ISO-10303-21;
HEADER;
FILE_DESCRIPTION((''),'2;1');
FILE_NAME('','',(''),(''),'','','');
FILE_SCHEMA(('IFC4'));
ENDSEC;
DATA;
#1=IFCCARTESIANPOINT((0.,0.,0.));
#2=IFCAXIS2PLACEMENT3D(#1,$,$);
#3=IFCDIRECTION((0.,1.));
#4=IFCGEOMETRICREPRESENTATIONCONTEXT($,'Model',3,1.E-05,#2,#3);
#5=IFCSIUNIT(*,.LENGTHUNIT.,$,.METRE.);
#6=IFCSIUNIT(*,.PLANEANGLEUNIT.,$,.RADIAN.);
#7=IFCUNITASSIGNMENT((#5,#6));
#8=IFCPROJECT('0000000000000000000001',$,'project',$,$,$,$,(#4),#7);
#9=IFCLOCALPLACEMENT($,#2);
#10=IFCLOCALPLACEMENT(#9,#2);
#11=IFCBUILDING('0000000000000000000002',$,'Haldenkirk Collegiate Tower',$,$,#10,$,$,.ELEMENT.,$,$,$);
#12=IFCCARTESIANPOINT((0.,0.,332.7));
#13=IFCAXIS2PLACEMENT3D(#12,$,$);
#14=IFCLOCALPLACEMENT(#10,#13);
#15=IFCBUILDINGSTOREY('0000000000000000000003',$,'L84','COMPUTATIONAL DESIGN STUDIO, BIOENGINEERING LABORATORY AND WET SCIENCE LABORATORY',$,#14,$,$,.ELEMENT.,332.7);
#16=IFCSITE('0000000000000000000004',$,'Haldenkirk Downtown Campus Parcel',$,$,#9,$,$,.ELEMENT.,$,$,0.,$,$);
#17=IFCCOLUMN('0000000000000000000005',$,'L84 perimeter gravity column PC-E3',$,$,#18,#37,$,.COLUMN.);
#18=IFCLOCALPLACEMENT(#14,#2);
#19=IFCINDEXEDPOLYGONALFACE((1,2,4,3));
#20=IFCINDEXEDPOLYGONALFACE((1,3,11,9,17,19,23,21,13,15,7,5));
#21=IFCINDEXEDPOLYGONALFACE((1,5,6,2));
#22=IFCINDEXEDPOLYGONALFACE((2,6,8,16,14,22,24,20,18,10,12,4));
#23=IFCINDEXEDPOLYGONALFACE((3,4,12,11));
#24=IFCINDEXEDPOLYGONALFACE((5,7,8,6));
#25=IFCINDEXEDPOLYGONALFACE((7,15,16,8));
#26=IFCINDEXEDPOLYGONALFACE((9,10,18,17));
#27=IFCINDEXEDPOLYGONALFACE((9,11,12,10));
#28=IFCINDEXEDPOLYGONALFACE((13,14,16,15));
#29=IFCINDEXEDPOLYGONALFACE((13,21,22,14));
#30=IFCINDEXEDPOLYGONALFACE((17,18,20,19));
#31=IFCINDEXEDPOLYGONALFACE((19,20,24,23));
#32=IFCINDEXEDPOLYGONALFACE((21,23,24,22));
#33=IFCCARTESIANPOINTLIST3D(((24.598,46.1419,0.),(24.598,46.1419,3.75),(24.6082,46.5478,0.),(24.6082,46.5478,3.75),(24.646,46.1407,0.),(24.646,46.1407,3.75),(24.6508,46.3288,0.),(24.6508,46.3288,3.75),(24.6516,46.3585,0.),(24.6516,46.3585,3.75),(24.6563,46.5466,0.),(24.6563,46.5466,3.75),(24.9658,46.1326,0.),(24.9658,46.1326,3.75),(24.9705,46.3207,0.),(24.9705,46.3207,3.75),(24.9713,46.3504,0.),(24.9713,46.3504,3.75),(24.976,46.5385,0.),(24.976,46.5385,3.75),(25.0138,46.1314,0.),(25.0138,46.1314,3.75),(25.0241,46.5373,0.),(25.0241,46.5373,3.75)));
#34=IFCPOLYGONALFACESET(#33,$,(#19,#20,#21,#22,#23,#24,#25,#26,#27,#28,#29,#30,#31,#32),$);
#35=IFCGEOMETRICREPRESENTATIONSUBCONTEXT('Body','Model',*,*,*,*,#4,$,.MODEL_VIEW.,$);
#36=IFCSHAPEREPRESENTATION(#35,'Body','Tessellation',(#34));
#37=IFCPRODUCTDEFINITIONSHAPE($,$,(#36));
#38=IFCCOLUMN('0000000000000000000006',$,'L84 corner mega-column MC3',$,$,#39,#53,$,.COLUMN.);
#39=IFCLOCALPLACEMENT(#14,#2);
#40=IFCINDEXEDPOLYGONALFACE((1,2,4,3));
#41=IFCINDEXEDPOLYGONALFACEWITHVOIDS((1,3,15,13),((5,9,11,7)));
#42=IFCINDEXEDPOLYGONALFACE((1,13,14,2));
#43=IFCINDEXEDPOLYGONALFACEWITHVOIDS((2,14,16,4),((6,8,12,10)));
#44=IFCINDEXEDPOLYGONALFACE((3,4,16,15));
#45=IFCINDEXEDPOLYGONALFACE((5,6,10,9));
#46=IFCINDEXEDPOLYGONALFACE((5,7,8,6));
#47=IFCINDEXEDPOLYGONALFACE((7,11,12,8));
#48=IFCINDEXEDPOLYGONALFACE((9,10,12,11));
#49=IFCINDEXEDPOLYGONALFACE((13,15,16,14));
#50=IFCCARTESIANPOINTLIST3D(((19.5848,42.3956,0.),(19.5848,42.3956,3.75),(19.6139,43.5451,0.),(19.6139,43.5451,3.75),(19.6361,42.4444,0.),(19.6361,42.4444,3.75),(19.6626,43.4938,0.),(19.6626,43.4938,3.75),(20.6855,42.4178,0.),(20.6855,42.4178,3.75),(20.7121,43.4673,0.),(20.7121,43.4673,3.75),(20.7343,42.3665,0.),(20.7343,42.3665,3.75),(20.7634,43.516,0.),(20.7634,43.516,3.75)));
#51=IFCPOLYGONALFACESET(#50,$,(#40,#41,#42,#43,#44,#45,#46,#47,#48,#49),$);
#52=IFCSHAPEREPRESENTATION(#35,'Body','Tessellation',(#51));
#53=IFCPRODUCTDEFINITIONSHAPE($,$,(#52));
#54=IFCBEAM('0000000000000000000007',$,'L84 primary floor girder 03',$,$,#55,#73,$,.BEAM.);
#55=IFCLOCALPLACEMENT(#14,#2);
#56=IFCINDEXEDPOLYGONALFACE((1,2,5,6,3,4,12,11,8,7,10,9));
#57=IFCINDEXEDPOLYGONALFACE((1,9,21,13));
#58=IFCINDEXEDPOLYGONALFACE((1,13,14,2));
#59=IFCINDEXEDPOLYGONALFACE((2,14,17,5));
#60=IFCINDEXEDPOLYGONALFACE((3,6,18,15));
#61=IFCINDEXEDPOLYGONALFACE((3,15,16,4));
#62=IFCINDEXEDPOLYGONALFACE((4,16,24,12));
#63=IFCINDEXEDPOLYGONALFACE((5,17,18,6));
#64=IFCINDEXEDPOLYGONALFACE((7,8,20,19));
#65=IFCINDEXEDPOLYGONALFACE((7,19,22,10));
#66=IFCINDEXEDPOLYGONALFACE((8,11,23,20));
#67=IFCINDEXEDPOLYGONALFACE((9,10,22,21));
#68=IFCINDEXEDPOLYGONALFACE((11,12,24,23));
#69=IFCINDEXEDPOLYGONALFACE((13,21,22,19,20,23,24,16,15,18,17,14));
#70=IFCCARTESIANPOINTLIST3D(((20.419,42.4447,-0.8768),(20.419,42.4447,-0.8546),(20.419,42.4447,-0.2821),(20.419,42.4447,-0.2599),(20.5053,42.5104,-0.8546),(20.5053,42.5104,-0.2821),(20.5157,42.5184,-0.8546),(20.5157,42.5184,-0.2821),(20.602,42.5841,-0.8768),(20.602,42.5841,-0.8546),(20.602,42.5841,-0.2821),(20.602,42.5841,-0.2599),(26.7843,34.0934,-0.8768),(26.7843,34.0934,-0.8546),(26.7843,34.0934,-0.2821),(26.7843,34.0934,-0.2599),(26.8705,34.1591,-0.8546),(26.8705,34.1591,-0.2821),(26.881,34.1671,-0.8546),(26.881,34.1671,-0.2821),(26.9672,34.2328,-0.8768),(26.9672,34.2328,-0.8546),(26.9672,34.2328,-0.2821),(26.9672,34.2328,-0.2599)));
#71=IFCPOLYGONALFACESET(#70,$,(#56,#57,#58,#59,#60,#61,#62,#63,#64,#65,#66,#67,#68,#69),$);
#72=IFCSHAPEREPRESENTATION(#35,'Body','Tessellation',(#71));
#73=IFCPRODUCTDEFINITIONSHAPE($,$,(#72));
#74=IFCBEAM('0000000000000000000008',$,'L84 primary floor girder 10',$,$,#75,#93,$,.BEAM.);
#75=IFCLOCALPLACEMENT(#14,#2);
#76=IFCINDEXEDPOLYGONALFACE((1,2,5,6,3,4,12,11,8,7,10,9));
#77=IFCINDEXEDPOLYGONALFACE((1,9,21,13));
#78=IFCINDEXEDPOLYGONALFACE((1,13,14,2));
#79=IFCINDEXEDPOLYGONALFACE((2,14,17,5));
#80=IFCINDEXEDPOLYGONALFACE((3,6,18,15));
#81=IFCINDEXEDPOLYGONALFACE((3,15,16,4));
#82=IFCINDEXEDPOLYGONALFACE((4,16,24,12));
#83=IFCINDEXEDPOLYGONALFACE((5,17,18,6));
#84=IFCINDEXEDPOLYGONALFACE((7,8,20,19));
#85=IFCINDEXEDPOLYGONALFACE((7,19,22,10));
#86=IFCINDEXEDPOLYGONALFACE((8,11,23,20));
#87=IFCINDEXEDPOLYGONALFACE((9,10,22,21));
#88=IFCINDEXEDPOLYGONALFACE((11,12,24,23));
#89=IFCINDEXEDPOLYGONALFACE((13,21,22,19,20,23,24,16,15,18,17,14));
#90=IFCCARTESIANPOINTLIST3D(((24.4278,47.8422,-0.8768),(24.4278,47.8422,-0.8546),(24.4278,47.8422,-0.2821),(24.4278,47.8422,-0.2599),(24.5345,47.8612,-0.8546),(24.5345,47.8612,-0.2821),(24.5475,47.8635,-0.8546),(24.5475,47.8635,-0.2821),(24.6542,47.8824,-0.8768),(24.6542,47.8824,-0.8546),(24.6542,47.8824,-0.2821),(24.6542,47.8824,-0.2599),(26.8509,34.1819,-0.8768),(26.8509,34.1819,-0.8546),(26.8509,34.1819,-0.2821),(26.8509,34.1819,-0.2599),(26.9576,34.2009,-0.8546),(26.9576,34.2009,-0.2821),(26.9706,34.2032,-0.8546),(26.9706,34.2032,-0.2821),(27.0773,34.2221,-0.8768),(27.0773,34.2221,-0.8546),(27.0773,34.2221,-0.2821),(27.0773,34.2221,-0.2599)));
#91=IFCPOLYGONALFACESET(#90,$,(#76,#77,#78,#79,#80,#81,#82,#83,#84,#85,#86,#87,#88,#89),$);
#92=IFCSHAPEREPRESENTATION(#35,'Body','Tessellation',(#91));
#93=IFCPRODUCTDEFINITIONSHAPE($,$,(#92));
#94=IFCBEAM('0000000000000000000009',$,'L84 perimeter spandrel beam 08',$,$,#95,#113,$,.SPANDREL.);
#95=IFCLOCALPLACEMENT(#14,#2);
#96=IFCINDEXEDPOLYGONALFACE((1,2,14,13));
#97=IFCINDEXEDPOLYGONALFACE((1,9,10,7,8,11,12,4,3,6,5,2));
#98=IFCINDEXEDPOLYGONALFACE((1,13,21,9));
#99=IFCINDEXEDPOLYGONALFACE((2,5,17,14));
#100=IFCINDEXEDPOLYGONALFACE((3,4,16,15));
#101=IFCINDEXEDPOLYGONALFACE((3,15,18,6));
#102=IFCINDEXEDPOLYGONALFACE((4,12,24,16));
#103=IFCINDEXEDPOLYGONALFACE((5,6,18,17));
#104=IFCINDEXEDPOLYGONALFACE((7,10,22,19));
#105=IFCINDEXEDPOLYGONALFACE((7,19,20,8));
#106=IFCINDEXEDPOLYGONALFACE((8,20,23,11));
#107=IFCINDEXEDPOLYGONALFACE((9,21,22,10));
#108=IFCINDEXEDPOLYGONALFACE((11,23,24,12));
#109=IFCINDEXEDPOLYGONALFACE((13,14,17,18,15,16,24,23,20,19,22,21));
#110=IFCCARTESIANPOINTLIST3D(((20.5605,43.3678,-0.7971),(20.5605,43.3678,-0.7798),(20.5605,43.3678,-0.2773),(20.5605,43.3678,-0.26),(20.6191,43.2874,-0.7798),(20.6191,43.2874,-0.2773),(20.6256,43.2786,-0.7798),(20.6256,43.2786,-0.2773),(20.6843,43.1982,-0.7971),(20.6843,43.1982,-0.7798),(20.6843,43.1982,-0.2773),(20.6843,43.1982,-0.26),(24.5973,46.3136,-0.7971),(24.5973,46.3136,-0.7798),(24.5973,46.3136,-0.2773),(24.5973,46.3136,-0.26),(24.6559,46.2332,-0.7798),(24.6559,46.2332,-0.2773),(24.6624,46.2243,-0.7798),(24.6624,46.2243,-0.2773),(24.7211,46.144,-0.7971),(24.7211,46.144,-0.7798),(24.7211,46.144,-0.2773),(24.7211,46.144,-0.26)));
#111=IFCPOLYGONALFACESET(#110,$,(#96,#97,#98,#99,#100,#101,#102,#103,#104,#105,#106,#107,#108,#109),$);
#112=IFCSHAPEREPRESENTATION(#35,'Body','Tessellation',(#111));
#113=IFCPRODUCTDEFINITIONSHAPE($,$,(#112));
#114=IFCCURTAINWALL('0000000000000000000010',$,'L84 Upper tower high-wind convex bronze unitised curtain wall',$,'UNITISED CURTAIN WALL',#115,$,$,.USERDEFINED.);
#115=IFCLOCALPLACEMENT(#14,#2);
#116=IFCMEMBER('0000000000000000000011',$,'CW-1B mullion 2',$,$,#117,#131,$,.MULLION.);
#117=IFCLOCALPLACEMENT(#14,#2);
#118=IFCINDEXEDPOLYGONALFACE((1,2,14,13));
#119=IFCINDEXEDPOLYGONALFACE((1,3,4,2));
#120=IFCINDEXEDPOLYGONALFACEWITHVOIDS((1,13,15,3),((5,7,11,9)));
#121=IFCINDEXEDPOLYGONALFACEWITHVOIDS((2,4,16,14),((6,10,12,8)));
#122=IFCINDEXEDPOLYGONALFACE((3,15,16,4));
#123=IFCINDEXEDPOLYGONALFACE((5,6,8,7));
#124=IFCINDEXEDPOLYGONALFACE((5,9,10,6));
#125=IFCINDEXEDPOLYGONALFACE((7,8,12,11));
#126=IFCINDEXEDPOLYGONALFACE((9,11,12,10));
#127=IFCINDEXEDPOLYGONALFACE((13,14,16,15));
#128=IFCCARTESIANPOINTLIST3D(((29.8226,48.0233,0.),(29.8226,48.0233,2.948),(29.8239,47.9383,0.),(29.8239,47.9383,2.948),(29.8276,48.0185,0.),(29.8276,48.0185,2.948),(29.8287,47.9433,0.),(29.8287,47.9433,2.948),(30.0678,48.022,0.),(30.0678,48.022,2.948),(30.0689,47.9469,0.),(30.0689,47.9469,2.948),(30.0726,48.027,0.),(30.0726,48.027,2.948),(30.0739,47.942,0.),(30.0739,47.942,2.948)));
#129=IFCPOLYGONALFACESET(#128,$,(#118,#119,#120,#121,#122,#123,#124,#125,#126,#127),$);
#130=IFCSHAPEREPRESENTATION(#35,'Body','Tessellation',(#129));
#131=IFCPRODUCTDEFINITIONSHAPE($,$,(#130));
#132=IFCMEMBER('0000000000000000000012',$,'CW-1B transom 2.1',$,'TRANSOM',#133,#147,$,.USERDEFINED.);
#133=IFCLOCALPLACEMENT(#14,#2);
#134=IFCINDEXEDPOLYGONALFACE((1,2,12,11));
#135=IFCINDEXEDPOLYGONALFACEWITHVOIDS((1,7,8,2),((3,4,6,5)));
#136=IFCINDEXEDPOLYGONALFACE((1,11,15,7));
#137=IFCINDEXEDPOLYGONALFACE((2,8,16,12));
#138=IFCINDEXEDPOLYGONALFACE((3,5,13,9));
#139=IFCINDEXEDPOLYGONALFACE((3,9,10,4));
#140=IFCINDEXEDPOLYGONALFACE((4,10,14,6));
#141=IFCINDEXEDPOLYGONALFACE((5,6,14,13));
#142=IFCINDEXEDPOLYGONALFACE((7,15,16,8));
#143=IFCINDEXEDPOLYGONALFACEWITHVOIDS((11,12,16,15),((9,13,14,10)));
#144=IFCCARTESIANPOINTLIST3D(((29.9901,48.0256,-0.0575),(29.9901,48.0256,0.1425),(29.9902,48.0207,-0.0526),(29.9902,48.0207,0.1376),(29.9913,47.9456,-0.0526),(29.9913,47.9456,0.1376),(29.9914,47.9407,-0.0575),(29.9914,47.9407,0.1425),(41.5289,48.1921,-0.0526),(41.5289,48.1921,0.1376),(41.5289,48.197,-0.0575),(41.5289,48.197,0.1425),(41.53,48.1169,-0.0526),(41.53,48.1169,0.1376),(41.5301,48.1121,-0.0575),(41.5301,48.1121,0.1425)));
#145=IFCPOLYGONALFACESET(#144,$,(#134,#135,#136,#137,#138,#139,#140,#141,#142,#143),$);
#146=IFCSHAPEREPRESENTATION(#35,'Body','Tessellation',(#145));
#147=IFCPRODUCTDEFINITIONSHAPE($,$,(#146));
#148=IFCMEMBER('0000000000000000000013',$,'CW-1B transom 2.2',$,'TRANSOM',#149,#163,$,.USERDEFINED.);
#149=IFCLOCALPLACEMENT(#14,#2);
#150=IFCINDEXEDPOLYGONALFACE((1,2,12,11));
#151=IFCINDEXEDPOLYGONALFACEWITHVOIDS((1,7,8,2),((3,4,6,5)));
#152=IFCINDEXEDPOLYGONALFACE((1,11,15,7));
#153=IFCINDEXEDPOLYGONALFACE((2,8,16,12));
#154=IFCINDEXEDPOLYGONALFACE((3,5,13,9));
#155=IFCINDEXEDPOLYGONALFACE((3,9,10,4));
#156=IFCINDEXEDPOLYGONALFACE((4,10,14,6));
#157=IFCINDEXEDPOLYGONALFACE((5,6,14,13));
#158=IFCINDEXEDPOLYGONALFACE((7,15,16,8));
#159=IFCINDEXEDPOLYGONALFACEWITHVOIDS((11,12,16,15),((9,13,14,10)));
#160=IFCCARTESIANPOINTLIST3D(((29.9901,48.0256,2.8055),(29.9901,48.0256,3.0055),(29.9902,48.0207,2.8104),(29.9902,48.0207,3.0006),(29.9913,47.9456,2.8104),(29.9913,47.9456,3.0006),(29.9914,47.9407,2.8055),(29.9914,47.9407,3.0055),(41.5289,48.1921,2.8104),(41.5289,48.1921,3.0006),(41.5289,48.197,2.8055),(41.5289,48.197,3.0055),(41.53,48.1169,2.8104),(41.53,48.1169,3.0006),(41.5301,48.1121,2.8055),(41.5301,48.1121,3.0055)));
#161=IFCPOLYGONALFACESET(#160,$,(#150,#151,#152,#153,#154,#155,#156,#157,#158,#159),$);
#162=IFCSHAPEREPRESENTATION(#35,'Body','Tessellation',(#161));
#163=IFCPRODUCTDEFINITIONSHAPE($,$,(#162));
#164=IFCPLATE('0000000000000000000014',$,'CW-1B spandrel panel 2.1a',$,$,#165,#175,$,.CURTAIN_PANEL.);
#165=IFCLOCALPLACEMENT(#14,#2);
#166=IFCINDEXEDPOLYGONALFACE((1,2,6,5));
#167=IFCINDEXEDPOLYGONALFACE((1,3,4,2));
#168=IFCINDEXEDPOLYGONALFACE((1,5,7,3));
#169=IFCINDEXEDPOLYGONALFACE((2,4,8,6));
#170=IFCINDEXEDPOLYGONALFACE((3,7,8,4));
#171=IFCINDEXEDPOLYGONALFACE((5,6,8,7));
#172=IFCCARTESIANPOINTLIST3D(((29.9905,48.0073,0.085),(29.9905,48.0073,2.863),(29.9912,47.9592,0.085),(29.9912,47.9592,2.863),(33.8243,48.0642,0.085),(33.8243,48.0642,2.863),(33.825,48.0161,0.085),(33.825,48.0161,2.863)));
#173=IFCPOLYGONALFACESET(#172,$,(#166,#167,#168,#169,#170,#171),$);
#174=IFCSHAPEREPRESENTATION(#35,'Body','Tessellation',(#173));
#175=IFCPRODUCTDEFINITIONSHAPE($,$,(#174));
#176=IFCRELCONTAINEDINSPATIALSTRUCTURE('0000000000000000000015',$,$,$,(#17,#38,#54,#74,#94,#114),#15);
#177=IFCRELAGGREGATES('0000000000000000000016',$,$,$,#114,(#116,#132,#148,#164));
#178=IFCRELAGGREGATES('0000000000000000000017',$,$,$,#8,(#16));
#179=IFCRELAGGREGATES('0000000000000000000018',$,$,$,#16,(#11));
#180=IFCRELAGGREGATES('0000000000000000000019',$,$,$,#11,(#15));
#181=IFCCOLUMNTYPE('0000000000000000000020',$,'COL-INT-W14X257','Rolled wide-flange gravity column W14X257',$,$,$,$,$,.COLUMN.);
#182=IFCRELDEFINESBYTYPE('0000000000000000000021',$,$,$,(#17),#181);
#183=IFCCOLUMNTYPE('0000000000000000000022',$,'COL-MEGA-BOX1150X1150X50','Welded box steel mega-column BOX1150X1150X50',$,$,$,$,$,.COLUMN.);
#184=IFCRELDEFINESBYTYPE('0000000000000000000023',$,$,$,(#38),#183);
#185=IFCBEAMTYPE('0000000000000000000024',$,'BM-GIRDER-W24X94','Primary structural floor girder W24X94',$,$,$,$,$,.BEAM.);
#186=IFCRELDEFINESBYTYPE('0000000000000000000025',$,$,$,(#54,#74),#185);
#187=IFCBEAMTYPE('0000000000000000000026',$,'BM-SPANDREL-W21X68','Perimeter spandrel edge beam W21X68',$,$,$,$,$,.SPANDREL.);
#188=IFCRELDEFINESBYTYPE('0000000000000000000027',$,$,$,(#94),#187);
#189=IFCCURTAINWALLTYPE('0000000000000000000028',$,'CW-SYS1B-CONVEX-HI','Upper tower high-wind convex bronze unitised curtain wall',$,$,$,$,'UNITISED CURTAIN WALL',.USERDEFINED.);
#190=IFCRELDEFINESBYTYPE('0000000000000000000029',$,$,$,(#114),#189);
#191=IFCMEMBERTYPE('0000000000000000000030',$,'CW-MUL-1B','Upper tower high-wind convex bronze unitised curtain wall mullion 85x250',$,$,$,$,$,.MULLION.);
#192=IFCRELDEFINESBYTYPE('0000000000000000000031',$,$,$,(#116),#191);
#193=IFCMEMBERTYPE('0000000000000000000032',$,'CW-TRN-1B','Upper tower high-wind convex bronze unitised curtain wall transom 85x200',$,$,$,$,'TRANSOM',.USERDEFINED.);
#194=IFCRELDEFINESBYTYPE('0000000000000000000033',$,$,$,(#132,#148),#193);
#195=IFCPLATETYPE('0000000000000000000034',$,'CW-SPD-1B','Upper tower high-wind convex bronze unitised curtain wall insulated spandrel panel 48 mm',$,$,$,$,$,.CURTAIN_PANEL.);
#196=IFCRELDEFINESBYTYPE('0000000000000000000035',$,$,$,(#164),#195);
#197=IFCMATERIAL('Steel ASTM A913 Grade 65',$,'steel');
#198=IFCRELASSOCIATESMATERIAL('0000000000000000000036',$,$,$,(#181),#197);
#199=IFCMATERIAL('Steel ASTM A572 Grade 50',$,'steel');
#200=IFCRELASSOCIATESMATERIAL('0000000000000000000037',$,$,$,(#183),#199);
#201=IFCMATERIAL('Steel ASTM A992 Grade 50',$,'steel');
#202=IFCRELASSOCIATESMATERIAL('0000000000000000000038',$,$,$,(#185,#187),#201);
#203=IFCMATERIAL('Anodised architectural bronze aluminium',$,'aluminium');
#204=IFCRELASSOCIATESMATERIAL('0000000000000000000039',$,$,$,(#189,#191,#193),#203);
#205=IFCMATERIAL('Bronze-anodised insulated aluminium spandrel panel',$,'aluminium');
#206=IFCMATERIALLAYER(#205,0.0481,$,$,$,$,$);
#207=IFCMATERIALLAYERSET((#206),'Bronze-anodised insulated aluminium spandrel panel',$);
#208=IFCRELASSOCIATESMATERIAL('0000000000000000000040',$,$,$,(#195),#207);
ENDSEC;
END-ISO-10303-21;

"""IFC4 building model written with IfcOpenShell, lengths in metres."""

from ifc_helpers import new_model, si_unit, direction, frame, origin, origin_2d, place, context, subcontext, project, spatial, rectangle, hollow_rectangle, i_section, extrude, source, transform, mapped, material, layer, layer_set, material_profile, profile_set, type_object, element, aggregate, save


model = new_model("IFC4")

# Units and contexts
model_context = context("Model", 3, precision=1e-05, world=origin(), true_north=direction((0.0, 1.0)))
body_context = subcontext(model_context, "Body", "Model", "MODEL_VIEW")
ifc_project = project(units=[si_unit("LENGTHUNIT", "METRE"), si_unit("PLANEANGLEUNIT", "RADIAN")], contexts=[model_context])

# Site, building, storey
site_placement = place(None, origin())
site = spatial("IfcSite", under=ifc_project, at=site_placement, Name="Haldenkirk Downtown Campus Parcel", CompositionType="ELEMENT", RefElevation=0.0)
building_placement = place(site_placement, origin())
building = spatial("IfcBuilding", under=site, at=building_placement, Name="Haldenkirk Collegiate Tower", CompositionType="ELEMENT")
storey_placement = place(building_placement, frame((0.0, 0.0, 332.7)))
storey = spatial("IfcBuildingStorey", under=building, at=storey_placement, Name="L84", Description="COMPUTATIONAL DESIGN STUDIO, BIOENGINEERING LABORATORY AND WET SCIENCE LABORATORY", CompositionType="ELEMENT", Elevation=332.7)

# Columns
ifc_material_1 = material(Name="Steel ASTM A913 Grade 65", Category="steel")
ifc_material_profile_1 = material_profile(ifc_material_1, i_section(OverallWidth=0.406, OverallDepth=0.416, WebThickness=0.0298, FlangeThickness=0.0481, at=origin_2d()), Name="W14X257")
ifc_profile_set_1 = profile_set([ifc_material_profile_1], Name="Steel ASTM A913 Grade 65")
column_type_1 = type_object("IfcColumnType", Name="COL-INT-W14X257", Description="Rolled wide-flange gravity column W14X257", PredefinedType="COLUMN", material=ifc_profile_set_1)
column_1_placement = place(storey_placement, frame((24.811, 46.3396, 0.0), z_axis=(0.0, 0.0, 1.0), x_axis=(0.025305, 0.99968, 0.0)))
element("IfcColumn", 1, at=column_1_placement, inside=storey, type_object=column_type_1, Name="L84 perimeter gravity column PC-E3", PredefinedType="COLUMN", context=body_context, shape_type="SweptSolid", body=[
    extrude(i_section(OverallWidth=0.406, OverallDepth=0.416, WebThickness=0.0298, FlangeThickness=0.0481, at=origin_2d()), origin(), (0.0, 0.0, 1.0), 3.75),
])
ifc_material_2 = material(Name="Steel ASTM A572 Grade 50", Category="steel")
ifc_material_profile_2 = material_profile(ifc_material_2, hollow_rectangle(XDim=1.1499, YDim=1.1499, WallThickness=0.05, at=origin_2d()), Name="BOX1150X1150X50")
ifc_profile_set_2 = profile_set([ifc_material_profile_2], Name="Steel ASTM A572 Grade 50")
column_type_2 = type_object("IfcColumnType", Name="COL-MEGA-BOX1150X1150X50", Description="Welded box steel mega-column BOX1150X1150X50", PredefinedType="COLUMN", material=ifc_profile_set_2)
column_2_placement = place(storey_placement, frame((20.1741, 42.9558, 0.0), z_axis=(0.0, 0.0, 1.0), x_axis=(0.025305, 0.99968, 0.0)))
element("IfcColumn", 2, at=column_2_placement, inside=storey, type_object=column_type_2, Name="L84 corner mega-column MC3", PredefinedType="COLUMN", context=body_context, shape_type="SweptSolid", body=[
    extrude(hollow_rectangle(XDim=1.1499, YDim=1.1499, WallThickness=0.05, at=origin_2d()), origin(), (0.0, 0.0, 1.0), 3.75),
])

# Beams
ifc_material_3 = material(Name="Steel ASTM A992 Grade 50", Category="steel")
ifc_material_profile_3 = material_profile(ifc_material_3, i_section(OverallWidth=0.23, OverallDepth=0.6169, WebThickness=0.0132, FlangeThickness=0.0222, at=origin_2d()), Name="W24X94")
ifc_profile_set_3 = profile_set([ifc_material_profile_3], Name="Steel ASTM A992 Grade 50")
beam_type_1 = type_object("IfcBeamType", Name="BM-GIRDER-W24X94", Description="Primary structural floor girder W24X94", PredefinedType="BEAM", material=ifc_profile_set_3)
beam_1_placement = place(storey_placement, frame((20.5105, 42.5144, -0.5684), z_axis=(0.606183, -0.795325, 0.0), x_axis=(0.795325, 0.606183, 0.0)))
element("IfcBeam", 3, at=beam_1_placement, inside=storey, type_object=beam_type_1, Name="L84 primary floor girder 03", PredefinedType="BEAM", context=body_context, shape_type="SweptSolid", body=[
    extrude(i_section(OverallWidth=0.23, OverallDepth=0.6169, WebThickness=0.0132, FlangeThickness=0.0222, at=origin_2d()), origin(), (0.0, 0.0, 1.0), 10.5005),
])
beam_2_placement = place(storey_placement, frame((24.541, 47.8623, -0.5684), z_axis=(0.174655, -0.98463, 0.0), x_axis=(0.98463, 0.174655, 0.0)))
element("IfcBeam", 4, at=beam_2_placement, inside=storey, type_object=beam_type_1, Name="L84 primary floor girder 10", PredefinedType="BEAM", context=body_context, shape_type="SweptSolid", body=[
    extrude(i_section(OverallWidth=0.23, OverallDepth=0.6169, WebThickness=0.0132, FlangeThickness=0.0222, at=origin_2d()), origin(), (0.0, 0.0, 1.0), 13.8735),
])
ifc_material_profile_4 = material_profile(ifc_material_3, i_section(OverallWidth=0.21, OverallDepth=0.5371, WebThickness=0.011, FlangeThickness=0.0173, at=origin_2d()), Name="W21X68")
ifc_profile_set_4 = profile_set([ifc_material_profile_4], Name="Steel ASTM A992 Grade 50")
beam_type_2 = type_object("IfcBeamType", Name="BM-SPANDREL-W21X68", Description="Perimeter spandrel edge beam W21X68", PredefinedType="SPANDREL", material=ifc_profile_set_4)
beam_3_placement = place(storey_placement, frame((24.6592, 46.2288, -0.5286), z_axis=(-0.807793, -0.589466, 0.0), x_axis=(0.589466, -0.807793, 0.0)))
element("IfcBeam", 5, at=beam_3_placement, inside=storey, type_object=beam_type_2, Name="L84 perimeter spandrel beam 08", PredefinedType="SPANDREL", context=body_context, shape_type="SweptSolid", body=[
    extrude(i_section(OverallWidth=0.21, OverallDepth=0.5371, WebThickness=0.011, FlangeThickness=0.0173, at=origin_2d()), origin(), (0.0, 0.0, 1.0), 4.9973),
])

# Curtain wall, members, plate
ifc_material_4 = material(Name="Anodised architectural bronze aluminium", Category="aluminium")
curtain_wall_type = type_object("IfcCurtainWallType", Name="CW-SYS1B-CONVEX-HI", Description="Upper tower high-wind convex bronze unitised curtain wall", ElementType="UNITISED CURTAIN WALL", PredefinedType="USERDEFINED", material=ifc_material_4)
curtain_wall_placement = place(storey_placement, origin())
curtain_wall = element("IfcCurtainWall", 6, at=curtain_wall_placement, inside=storey, type_object=curtain_wall_type, Name="L84 Upper tower high-wind convex bronze unitised curtain wall", ObjectType="UNITISED CURTAIN WALL", PredefinedType="USERDEFINED")
ifc_material_profile_5 = material_profile(ifc_material_4, hollow_rectangle(XDim=0.085, YDim=0.25, WallThickness=0.0049, at=origin_2d()), Name="CW-MUL-1B")
ifc_profile_set_5 = profile_set([ifc_material_profile_5], Name="Anodised architectural bronze aluminium")
member_type_1 = type_object("IfcMemberType", Name="CW-MUL-1B", Description="Upper tower high-wind convex bronze unitised curtain wall mullion 85x250", PredefinedType="MULLION", material=ifc_profile_set_5)
member_1_placement = place(storey_placement, frame((29.9482, 47.9827, 0.0), z_axis=(0.0, 0.0, 1.0), x_axis=(-0.014833, 0.99989, 0.0)))
member_1 = element("IfcMember", 7, at=member_1_placement, type_object=member_type_1, Name="CW-1B mullion 2", PredefinedType="MULLION", context=body_context, shape_type="SweptSolid", body=[
    extrude(hollow_rectangle(XDim=0.085, YDim=0.25, WallThickness=0.0049, at=origin_2d()), origin(), (0.0, 0.0, 1.0), 2.948),
])
ifc_material_profile_6 = material_profile(ifc_material_4, hollow_rectangle(XDim=0.085, YDim=0.2, WallThickness=0.0049, at=origin_2d()), Name="CW-TRN-1B")
ifc_profile_set_6 = profile_set([ifc_material_profile_6], Name="Anodised architectural bronze aluminium")
member_type_2 = type_object("IfcMemberType", Name="CW-TRN-1B", Description="Upper tower high-wind convex bronze unitised curtain wall transom 85x200", ElementType="TRANSOM", PredefinedType="USERDEFINED", material=ifc_profile_set_6)
member_2_placement = place(storey_placement, frame((29.9907, 47.9832, 0.0425), z_axis=(0.99989, 0.014851, 0.0), x_axis=(-0.014851, 0.99989, 0.0)))
member_2 = element("IfcMember", 8, at=member_2_placement, type_object=member_type_2, Name="CW-1B transom 2.1", ObjectType="TRANSOM", PredefinedType="USERDEFINED", context=body_context, shape_type="SweptSolid", body=[
    extrude(hollow_rectangle(XDim=0.085, YDim=0.2, WallThickness=0.0049, at=origin_2d()), origin(), (0.0, 0.0, 1.0), 11.54),
])
member_3_placement = place(storey_placement, frame((29.9907, 47.9832, 2.9055), z_axis=(0.99989, 0.014851, 0.0), x_axis=(-0.014851, 0.99989, 0.0)))
member_3 = element("IfcMember", 9, at=member_3_placement, type_object=member_type_2, Name="CW-1B transom 2.2", ObjectType="TRANSOM", PredefinedType="USERDEFINED", context=body_context, shape_type="SweptSolid", body=[
    extrude(hollow_rectangle(XDim=0.085, YDim=0.2, WallThickness=0.0049, at=origin_2d()), origin(), (0.0, 0.0, 1.0), 11.54),
])
ifc_material_5 = material(Name="Bronze-anodised insulated aluminium spandrel panel", Category="aluminium")
ifc_layer_1 = layer(ifc_material_5, 0.0481)
ifc_layer_set_1 = layer_set([ifc_layer_1], Name="Bronze-anodised insulated aluminium spandrel panel")
plate_type_1 = type_object("IfcPlateType", Name="CW-SPD-1B", Description="Upper tower high-wind convex bronze unitised curtain wall insulated spandrel panel 48 mm", PredefinedType="CURTAIN_PANEL", material=ifc_layer_set_1)
shared_shape_1 = source(origin(), body_context, "Body", "SweptSolid", [
    extrude(rectangle(XDim=3.8342, YDim=0.0481, at=origin_2d()), origin(), (0.0, 0.0, 1.0), 2.7781),
])
plate_1_placement = place(storey_placement, frame((31.9077, 48.0117, 0.085), z_axis=(0.0, 0.0, 1.0), x_axis=(0.99989, 0.014833, 0.0)))
plate_1 = element("IfcPlate", 10, at=plate_1_placement, type_object=plate_type_1, Name="CW-1B spandrel panel 2.1a", PredefinedType="CURTAIN_PANEL", context=body_context, shape_type="MappedRepresentation", body=[
    mapped(shared_shape_1, transform((0.0, 0.0, 0.0), x_axis=(1.0, 0.0, 0.0), y_axis=(0.0, 1.0, 0.0), z_axis=(0.0, 0.0, 1.0), scale=1.0)),
])
aggregate(curtain_wall, [member_1, member_2, member_3, plate_1])

save(model, "model.ifc")
